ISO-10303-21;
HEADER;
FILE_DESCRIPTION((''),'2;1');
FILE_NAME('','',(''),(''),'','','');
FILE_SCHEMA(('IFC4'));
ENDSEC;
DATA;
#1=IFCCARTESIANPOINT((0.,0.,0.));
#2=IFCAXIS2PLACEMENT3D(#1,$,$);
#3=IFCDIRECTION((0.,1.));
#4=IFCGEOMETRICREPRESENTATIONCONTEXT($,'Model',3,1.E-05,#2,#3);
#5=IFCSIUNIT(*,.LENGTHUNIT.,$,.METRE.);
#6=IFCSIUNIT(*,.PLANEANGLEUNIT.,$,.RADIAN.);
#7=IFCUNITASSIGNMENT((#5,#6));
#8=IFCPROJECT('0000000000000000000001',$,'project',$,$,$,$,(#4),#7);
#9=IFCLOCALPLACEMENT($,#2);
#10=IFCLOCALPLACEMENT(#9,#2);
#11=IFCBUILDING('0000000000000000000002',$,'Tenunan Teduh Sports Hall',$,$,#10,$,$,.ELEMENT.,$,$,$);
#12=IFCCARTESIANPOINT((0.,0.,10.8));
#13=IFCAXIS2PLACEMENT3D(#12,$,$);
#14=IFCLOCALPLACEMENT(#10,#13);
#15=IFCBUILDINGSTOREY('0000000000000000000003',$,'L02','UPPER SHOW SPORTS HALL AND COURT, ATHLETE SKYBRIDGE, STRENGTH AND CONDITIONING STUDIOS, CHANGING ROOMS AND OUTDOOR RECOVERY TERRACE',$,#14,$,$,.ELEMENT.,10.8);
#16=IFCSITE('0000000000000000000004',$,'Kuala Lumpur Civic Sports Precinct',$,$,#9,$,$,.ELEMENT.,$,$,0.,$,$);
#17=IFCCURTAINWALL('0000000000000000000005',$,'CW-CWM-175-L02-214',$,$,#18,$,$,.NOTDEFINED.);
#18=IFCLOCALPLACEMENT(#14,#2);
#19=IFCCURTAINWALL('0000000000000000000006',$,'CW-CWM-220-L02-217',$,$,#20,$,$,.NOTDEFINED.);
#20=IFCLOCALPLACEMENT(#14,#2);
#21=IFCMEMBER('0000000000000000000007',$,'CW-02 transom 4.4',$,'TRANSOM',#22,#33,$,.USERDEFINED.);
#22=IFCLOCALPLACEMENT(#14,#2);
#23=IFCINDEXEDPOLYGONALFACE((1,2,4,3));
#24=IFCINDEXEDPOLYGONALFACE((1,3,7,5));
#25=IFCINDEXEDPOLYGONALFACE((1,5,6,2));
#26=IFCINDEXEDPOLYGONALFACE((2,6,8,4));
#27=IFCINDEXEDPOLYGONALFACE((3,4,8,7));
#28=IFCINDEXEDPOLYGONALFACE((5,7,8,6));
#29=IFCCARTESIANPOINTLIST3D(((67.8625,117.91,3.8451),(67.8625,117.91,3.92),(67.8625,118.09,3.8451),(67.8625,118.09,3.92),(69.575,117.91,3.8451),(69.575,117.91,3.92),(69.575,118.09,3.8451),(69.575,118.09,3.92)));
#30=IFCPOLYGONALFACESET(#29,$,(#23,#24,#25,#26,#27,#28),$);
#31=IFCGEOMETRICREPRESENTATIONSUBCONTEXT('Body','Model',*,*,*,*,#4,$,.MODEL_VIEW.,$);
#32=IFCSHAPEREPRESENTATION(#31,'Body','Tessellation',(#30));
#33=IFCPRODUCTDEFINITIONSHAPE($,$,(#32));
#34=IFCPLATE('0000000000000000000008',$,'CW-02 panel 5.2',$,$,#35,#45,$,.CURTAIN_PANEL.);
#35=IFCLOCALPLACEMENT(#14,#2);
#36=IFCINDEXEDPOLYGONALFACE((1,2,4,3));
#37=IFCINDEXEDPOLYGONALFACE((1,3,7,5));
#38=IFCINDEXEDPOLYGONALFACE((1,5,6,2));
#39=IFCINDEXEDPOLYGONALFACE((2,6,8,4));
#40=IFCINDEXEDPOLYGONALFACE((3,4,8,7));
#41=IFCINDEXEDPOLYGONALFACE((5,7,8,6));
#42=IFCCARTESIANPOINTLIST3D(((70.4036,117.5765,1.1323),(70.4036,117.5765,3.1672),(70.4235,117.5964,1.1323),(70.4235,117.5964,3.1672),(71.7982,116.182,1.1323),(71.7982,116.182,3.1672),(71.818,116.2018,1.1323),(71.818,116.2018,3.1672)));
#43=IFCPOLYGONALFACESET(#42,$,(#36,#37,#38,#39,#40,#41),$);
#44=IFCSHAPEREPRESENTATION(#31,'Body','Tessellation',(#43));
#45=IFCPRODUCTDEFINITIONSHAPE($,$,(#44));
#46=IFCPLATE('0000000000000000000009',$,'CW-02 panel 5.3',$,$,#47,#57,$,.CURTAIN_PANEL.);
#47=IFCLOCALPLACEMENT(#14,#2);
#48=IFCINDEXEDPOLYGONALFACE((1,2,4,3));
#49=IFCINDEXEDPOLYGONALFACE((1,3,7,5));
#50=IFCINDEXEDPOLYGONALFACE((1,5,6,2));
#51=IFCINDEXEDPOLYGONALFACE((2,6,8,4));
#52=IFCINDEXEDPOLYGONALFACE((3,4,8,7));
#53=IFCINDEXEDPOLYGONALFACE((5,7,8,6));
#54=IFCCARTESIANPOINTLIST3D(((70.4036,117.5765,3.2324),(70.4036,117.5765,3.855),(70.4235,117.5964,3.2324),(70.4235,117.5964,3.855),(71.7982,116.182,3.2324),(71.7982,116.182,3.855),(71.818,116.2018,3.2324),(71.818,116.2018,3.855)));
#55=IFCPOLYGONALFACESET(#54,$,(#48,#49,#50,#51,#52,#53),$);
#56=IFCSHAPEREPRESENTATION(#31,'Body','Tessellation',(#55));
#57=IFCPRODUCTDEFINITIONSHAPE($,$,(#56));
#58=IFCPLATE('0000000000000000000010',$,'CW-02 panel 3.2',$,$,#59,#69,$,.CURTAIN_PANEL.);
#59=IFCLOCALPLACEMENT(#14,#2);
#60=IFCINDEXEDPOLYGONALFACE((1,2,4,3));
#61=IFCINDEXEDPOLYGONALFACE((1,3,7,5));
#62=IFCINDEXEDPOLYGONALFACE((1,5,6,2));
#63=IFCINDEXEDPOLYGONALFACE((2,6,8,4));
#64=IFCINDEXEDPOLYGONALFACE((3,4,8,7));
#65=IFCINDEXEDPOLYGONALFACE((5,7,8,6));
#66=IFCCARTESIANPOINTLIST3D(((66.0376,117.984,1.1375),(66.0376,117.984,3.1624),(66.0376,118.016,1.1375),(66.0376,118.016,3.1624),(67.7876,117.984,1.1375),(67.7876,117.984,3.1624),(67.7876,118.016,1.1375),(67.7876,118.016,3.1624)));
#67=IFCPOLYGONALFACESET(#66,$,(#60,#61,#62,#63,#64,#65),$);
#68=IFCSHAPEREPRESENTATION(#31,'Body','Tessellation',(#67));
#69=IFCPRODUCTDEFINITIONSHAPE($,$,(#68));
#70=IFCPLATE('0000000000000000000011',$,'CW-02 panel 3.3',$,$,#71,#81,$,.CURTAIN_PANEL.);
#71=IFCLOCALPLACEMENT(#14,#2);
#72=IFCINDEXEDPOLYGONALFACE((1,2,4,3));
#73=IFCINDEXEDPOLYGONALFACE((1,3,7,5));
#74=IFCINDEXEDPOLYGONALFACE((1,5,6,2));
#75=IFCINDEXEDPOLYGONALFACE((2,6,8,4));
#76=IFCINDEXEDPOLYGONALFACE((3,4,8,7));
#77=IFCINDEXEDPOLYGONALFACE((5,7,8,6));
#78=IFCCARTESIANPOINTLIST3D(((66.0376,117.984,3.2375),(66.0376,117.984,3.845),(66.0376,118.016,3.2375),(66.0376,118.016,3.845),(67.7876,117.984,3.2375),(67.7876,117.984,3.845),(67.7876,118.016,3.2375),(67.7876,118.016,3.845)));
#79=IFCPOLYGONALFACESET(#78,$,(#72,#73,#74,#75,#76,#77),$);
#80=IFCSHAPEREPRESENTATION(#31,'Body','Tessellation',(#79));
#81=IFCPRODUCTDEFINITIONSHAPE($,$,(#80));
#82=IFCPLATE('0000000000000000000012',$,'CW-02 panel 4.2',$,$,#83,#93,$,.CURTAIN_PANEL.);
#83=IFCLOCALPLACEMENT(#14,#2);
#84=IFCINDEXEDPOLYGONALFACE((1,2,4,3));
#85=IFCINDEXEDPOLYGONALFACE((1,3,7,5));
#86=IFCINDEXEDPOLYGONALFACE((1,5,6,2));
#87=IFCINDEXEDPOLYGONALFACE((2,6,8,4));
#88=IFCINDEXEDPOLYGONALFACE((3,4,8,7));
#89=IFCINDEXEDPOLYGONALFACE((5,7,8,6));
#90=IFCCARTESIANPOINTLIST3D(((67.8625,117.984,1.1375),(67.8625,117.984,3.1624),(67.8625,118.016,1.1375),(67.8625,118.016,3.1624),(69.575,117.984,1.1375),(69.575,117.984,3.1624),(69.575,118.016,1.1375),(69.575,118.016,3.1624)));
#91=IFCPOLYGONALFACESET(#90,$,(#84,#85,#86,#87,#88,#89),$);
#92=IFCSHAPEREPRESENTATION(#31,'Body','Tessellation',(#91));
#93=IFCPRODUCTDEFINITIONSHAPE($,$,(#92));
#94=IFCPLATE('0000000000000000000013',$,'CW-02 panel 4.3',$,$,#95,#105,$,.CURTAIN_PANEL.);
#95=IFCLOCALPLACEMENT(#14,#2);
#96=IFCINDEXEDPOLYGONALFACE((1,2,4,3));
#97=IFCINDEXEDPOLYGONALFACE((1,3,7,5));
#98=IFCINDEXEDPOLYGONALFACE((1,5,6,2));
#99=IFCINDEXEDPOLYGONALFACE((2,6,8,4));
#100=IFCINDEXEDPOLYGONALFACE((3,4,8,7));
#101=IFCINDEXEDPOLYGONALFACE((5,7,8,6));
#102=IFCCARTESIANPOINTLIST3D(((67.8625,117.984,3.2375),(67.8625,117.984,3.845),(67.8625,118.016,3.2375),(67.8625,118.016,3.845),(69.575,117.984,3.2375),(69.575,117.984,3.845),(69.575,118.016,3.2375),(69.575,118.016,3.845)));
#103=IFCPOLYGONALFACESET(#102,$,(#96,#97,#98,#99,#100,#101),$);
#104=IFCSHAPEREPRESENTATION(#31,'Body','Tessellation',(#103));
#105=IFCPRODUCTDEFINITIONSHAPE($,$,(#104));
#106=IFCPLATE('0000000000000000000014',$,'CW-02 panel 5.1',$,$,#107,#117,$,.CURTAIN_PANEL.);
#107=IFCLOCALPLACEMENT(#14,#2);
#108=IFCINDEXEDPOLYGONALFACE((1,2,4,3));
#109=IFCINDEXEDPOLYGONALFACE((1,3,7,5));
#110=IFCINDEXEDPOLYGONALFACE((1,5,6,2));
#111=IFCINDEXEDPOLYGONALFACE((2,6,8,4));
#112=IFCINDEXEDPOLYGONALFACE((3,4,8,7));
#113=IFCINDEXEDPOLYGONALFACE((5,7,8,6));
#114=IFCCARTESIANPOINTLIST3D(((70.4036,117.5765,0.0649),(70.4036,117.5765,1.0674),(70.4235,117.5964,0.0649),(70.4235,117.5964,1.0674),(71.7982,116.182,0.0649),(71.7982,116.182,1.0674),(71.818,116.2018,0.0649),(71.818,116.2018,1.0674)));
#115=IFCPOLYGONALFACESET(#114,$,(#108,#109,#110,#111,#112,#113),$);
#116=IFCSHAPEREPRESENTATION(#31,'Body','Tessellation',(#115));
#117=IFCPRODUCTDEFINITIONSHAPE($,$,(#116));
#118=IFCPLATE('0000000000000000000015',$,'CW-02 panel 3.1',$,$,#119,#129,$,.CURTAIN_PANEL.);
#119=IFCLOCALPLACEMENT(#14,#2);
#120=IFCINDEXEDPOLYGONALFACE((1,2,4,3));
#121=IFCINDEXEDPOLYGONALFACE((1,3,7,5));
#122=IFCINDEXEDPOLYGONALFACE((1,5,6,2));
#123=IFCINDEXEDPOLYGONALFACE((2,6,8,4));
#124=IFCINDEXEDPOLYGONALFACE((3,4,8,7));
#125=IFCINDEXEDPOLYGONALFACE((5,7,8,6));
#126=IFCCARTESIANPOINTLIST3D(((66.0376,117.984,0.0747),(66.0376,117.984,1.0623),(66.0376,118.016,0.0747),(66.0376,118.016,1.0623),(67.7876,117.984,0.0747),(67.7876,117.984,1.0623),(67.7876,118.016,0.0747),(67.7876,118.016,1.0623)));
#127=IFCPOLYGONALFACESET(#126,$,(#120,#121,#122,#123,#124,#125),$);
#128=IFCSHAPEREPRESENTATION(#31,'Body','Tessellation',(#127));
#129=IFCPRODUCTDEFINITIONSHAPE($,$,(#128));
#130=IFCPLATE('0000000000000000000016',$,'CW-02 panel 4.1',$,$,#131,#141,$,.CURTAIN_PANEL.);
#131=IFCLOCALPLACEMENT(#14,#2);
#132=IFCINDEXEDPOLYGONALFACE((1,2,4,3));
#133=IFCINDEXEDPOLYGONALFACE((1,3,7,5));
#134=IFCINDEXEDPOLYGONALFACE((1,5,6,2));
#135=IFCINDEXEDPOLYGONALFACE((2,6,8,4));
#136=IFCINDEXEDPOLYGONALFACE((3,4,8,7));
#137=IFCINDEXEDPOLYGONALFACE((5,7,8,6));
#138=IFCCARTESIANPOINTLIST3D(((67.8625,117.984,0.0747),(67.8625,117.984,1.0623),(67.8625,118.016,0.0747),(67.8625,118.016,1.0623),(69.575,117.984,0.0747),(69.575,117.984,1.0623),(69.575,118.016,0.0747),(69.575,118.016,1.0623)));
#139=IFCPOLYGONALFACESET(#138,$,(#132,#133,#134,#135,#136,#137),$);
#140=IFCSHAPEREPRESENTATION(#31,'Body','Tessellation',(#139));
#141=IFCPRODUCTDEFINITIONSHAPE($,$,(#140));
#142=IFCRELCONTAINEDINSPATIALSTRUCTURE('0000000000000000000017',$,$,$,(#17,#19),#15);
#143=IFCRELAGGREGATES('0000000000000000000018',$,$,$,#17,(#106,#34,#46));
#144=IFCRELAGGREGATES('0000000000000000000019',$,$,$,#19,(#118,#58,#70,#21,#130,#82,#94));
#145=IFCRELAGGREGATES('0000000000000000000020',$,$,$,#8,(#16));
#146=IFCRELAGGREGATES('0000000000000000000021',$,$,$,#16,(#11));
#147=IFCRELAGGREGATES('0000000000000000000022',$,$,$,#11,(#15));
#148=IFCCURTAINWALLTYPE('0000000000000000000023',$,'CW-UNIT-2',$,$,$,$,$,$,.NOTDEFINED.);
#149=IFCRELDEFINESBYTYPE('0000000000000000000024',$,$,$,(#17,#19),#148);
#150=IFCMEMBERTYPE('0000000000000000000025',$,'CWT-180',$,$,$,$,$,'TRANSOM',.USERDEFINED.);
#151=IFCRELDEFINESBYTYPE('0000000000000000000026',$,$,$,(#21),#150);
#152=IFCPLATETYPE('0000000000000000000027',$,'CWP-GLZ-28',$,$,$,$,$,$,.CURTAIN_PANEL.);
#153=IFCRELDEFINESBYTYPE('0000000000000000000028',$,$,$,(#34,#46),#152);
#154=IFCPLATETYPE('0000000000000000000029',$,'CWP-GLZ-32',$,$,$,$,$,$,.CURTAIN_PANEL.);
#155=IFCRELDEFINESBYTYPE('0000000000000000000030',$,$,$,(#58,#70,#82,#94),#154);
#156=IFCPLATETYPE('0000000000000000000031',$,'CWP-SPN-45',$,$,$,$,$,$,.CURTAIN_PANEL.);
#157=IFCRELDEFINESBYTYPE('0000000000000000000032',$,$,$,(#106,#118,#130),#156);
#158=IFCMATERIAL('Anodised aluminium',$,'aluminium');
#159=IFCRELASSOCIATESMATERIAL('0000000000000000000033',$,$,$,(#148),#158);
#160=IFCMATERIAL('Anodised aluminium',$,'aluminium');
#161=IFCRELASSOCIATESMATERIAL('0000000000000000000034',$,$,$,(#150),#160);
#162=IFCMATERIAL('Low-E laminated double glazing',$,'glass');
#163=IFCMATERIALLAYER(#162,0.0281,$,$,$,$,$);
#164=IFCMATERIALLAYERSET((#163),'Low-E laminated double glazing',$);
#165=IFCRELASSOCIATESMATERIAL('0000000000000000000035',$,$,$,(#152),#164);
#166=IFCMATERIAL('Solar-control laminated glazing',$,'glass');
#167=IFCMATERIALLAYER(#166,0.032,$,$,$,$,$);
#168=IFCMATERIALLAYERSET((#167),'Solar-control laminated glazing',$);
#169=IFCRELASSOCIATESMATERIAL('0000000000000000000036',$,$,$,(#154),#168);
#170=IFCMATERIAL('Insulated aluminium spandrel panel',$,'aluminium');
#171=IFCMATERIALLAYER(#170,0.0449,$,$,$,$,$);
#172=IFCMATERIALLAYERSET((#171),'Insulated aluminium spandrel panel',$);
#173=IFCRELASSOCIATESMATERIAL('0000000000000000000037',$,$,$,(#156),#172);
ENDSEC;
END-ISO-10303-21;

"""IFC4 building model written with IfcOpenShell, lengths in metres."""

from ifc_helpers import new_model, si_unit, direction, frame, origin, origin_2d, place, context, subcontext, project, spatial, rectangle, extrude, material, layer, layer_set, material_profile, profile_set, type_object, element, aggregate, save


model = new_model("IFC4")

# Units and contexts
model_context = context("Model", 3, precision=1e-05, world=origin(), true_north=direction((0.0, 1.0)))
body_context = subcontext(model_context, "Body", "Model", "MODEL_VIEW")
ifc_project = project(units=[si_unit("LENGTHUNIT", "METRE"), si_unit("PLANEANGLEUNIT", "RADIAN")], contexts=[model_context])

# Site, building, storey
site_placement = place(None, origin())
site = spatial("IfcSite", under=ifc_project, at=site_placement, Name="Kuala Lumpur Civic Sports Precinct", CompositionType="ELEMENT", RefElevation=0.0)
building_placement = place(site_placement, origin())
building = spatial("IfcBuilding", under=site, at=building_placement, Name="Tenunan Teduh Sports Hall", CompositionType="ELEMENT")
storey_placement = place(building_placement, frame((0.0, 0.0, 10.8)))
storey = spatial("IfcBuildingStorey", under=building, at=storey_placement, Name="L02", Description="UPPER SHOW SPORTS HALL AND COURT, ATHLETE SKYBRIDGE, STRENGTH AND CONDITIONING STUDIOS, CHANGING ROOMS AND OUTDOOR RECOVERY TERRACE", CompositionType="ELEMENT", Elevation=10.8)

# Curtain wall
ifc_material_1 = material(Name="Anodised aluminium", Category="aluminium")
curtain_wall_type = type_object("IfcCurtainWallType", Name="CW-UNIT-2", PredefinedType="NOTDEFINED", material=ifc_material_1)
curtain_wall_1_placement = place(storey_placement, origin())
curtain_wall_1 = element("IfcCurtainWall", 1, at=curtain_wall_1_placement, inside=storey, type_object=curtain_wall_type, Name="CW-CWM-175-L02-214", PredefinedType="NOTDEFINED")

# Curtain wall
curtain_wall_2_placement = place(storey_placement, origin())
curtain_wall_2 = element("IfcCurtainWall", 2, at=curtain_wall_2_placement, inside=storey, type_object=curtain_wall_type, Name="CW-CWM-220-L02-217", PredefinedType="NOTDEFINED")

# Member
ifc_material_2 = material(Name="Anodised aluminium", Category="aluminium")
ifc_material_profile_1 = material_profile(ifc_material_2, rectangle(XDim=0.075, YDim=0.1799, at=origin_2d()), Name="CWT 75x180")
ifc_profile_set_1 = profile_set([ifc_material_profile_1], Name="Anodised aluminium")
member_type_1 = type_object("IfcMemberType", Name="CWT-180", ElementType="TRANSOM", PredefinedType="USERDEFINED", material=ifc_profile_set_1)
member_1_placement = place(storey_placement, frame((67.8625, 118.0, 3.8826), z_axis=(1.0, 0.0, 0.0), x_axis=(0.0, 0.0, 1.0)))
member_1 = element("IfcMember", 3, at=member_1_placement, type_object=member_type_1, Name="CW-02 transom 4.4", ObjectType="TRANSOM", PredefinedType="USERDEFINED", context=body_context, shape_type="SweptSolid", body=[
    extrude(rectangle(XDim=0.075, YDim=0.1799, at=origin_2d()), origin(), (0.0, 0.0, 1.0), 1.7124),
])

# Plates
ifc_material_3 = material(Name="Low-E laminated double glazing", Category="glass")
ifc_layer_1 = layer(ifc_material_3, 0.0281)
ifc_layer_set_1 = layer_set([ifc_layer_1], Name="Low-E laminated double glazing")
plate_type_1 = type_object("IfcPlateType", Name="CWP-GLZ-28", PredefinedType="CURTAIN_PANEL", material=ifc_layer_set_1)
plate_1_placement = place(storey_placement, frame((71.1108, 116.8892, 1.1323), z_axis=(0.0, 0.0, 1.0), x_axis=(-0.707107, 0.707107, 0.0)))
plate_1 = element("IfcPlate", 4, at=plate_1_placement, type_object=plate_type_1, Name="CW-02 panel 5.2", PredefinedType="CURTAIN_PANEL", context=body_context, shape_type="SweptSolid", body=[
    extrude(rectangle(XDim=1.9722, YDim=0.0281, at=origin_2d()), origin(), (0.0, 0.0, 1.0), 2.0349),
])
plate_2_placement = place(storey_placement, frame((71.1108, 116.8892, 3.2324), z_axis=(0.0, 0.0, 1.0), x_axis=(-0.707107, 0.707107, 0.0)))
plate_2 = element("IfcPlate", 5, at=plate_2_placement, type_object=plate_type_1, Name="CW-02 panel 5.3", PredefinedType="CURTAIN_PANEL", context=body_context, shape_type="SweptSolid", body=[
    extrude(rectangle(XDim=1.9722, YDim=0.0281, at=origin_2d()), origin(), (0.0, 0.0, 1.0), 0.6226),
])
ifc_material_4 = material(Name="Solar-control laminated glazing", Category="glass")
ifc_layer_2 = layer(ifc_material_4, 0.032)
ifc_layer_set_2 = layer_set([ifc_layer_2], Name="Solar-control laminated glazing")
plate_type_2 = type_object("IfcPlateType", Name="CWP-GLZ-32", PredefinedType="CURTAIN_PANEL", material=ifc_layer_set_2)
plate_3_placement = place(storey_placement, frame((66.9126, 118.0, 1.1375), z_axis=(0.0, 0.0, 1.0), x_axis=(1.0, 0.0, 0.0)))
plate_3 = element("IfcPlate", 6, at=plate_3_placement, type_object=plate_type_2, Name="CW-02 panel 3.2", PredefinedType="CURTAIN_PANEL", context=body_context, shape_type="SweptSolid", body=[
    extrude(rectangle(XDim=1.75, YDim=0.032, at=origin_2d()), origin(), (0.0, 0.0, 1.0), 2.0249),
])
plate_4_placement = place(storey_placement, frame((66.9126, 118.0, 3.2375), z_axis=(0.0, 0.0, 1.0), x_axis=(1.0, 0.0, 0.0)))
plate_4 = element("IfcPlate", 7, at=plate_4_placement, type_object=plate_type_2, Name="CW-02 panel 3.3", PredefinedType="CURTAIN_PANEL", context=body_context, shape_type="SweptSolid", body=[
    extrude(rectangle(XDim=1.75, YDim=0.032, at=origin_2d()), origin(), (0.0, 0.0, 1.0), 0.6074),
])
plate_5_placement = place(storey_placement, frame((68.7188, 118.0, 1.1375), z_axis=(0.0, 0.0, 1.0), x_axis=(1.0, 0.0, 0.0)))
plate_5 = element("IfcPlate", 8, at=plate_5_placement, type_object=plate_type_2, Name="CW-02 panel 4.2", PredefinedType="CURTAIN_PANEL", context=body_context, shape_type="SweptSolid", body=[
    extrude(rectangle(XDim=1.7124, YDim=0.032, at=origin_2d()), origin(), (0.0, 0.0, 1.0), 2.0249),
])
plate_6_placement = place(storey_placement, frame((68.7188, 118.0, 3.2375), z_axis=(0.0, 0.0, 1.0), x_axis=(1.0, 0.0, 0.0)))
plate_6 = element("IfcPlate", 9, at=plate_6_placement, type_object=plate_type_2, Name="CW-02 panel 4.3", PredefinedType="CURTAIN_PANEL", context=body_context, shape_type="SweptSolid", body=[
    extrude(rectangle(XDim=1.7124, YDim=0.032, at=origin_2d()), origin(), (0.0, 0.0, 1.0), 0.6074),
])
ifc_material_5 = material(Name="Insulated aluminium spandrel panel", Category="aluminium")
ifc_layer_3 = layer(ifc_material_5, 0.0449)
ifc_layer_set_3 = layer_set([ifc_layer_3], Name="Insulated aluminium spandrel panel")
plate_type_3 = type_object("IfcPlateType", Name="CWP-SPN-45", PredefinedType="CURTAIN_PANEL", material=ifc_layer_set_3)
plate_7_placement = place(storey_placement, frame((71.1108, 116.8892, 0.0649), z_axis=(0.0, 0.0, 1.0), x_axis=(-0.707107, 0.707107, 0.0)))
plate_7 = element("IfcPlate", 10, at=plate_7_placement, type_object=plate_type_3, Name="CW-02 panel 5.1", PredefinedType="CURTAIN_PANEL", context=body_context, shape_type="SweptSolid", body=[
    extrude(rectangle(XDim=1.9722, YDim=0.0281, at=origin_2d()), origin(), (0.0, 0.0, 1.0), 1.0024),
])
aggregate(curtain_wall_1, [plate_7, plate_1, plate_2])
plate_8_placement = place(storey_placement, frame((66.9126, 118.0, 0.0747), z_axis=(0.0, 0.0, 1.0), x_axis=(1.0, 0.0, 0.0)))
plate_8 = element("IfcPlate", 11, at=plate_8_placement, type_object=plate_type_3, Name="CW-02 panel 3.1", PredefinedType="CURTAIN_PANEL", context=body_context, shape_type="SweptSolid", body=[
    extrude(rectangle(XDim=1.75, YDim=0.032, at=origin_2d()), origin(), (0.0, 0.0, 1.0), 0.9875),
])
plate_9_placement = place(storey_placement, frame((68.7188, 118.0, 0.0747), z_axis=(0.0, 0.0, 1.0), x_axis=(1.0, 0.0, 0.0)))
plate_9 = element("IfcPlate", 12, at=plate_9_placement, type_object=plate_type_3, Name="CW-02 panel 4.1", PredefinedType="CURTAIN_PANEL", context=body_context, shape_type="SweptSolid", body=[
    extrude(rectangle(XDim=1.7124, YDim=0.032, at=origin_2d()), origin(), (0.0, 0.0, 1.0), 0.9875),
])
aggregate(curtain_wall_2, [plate_8, plate_3, plate_4, member_1, plate_9, plate_5, plate_6])

save(model, "model.ifc")
